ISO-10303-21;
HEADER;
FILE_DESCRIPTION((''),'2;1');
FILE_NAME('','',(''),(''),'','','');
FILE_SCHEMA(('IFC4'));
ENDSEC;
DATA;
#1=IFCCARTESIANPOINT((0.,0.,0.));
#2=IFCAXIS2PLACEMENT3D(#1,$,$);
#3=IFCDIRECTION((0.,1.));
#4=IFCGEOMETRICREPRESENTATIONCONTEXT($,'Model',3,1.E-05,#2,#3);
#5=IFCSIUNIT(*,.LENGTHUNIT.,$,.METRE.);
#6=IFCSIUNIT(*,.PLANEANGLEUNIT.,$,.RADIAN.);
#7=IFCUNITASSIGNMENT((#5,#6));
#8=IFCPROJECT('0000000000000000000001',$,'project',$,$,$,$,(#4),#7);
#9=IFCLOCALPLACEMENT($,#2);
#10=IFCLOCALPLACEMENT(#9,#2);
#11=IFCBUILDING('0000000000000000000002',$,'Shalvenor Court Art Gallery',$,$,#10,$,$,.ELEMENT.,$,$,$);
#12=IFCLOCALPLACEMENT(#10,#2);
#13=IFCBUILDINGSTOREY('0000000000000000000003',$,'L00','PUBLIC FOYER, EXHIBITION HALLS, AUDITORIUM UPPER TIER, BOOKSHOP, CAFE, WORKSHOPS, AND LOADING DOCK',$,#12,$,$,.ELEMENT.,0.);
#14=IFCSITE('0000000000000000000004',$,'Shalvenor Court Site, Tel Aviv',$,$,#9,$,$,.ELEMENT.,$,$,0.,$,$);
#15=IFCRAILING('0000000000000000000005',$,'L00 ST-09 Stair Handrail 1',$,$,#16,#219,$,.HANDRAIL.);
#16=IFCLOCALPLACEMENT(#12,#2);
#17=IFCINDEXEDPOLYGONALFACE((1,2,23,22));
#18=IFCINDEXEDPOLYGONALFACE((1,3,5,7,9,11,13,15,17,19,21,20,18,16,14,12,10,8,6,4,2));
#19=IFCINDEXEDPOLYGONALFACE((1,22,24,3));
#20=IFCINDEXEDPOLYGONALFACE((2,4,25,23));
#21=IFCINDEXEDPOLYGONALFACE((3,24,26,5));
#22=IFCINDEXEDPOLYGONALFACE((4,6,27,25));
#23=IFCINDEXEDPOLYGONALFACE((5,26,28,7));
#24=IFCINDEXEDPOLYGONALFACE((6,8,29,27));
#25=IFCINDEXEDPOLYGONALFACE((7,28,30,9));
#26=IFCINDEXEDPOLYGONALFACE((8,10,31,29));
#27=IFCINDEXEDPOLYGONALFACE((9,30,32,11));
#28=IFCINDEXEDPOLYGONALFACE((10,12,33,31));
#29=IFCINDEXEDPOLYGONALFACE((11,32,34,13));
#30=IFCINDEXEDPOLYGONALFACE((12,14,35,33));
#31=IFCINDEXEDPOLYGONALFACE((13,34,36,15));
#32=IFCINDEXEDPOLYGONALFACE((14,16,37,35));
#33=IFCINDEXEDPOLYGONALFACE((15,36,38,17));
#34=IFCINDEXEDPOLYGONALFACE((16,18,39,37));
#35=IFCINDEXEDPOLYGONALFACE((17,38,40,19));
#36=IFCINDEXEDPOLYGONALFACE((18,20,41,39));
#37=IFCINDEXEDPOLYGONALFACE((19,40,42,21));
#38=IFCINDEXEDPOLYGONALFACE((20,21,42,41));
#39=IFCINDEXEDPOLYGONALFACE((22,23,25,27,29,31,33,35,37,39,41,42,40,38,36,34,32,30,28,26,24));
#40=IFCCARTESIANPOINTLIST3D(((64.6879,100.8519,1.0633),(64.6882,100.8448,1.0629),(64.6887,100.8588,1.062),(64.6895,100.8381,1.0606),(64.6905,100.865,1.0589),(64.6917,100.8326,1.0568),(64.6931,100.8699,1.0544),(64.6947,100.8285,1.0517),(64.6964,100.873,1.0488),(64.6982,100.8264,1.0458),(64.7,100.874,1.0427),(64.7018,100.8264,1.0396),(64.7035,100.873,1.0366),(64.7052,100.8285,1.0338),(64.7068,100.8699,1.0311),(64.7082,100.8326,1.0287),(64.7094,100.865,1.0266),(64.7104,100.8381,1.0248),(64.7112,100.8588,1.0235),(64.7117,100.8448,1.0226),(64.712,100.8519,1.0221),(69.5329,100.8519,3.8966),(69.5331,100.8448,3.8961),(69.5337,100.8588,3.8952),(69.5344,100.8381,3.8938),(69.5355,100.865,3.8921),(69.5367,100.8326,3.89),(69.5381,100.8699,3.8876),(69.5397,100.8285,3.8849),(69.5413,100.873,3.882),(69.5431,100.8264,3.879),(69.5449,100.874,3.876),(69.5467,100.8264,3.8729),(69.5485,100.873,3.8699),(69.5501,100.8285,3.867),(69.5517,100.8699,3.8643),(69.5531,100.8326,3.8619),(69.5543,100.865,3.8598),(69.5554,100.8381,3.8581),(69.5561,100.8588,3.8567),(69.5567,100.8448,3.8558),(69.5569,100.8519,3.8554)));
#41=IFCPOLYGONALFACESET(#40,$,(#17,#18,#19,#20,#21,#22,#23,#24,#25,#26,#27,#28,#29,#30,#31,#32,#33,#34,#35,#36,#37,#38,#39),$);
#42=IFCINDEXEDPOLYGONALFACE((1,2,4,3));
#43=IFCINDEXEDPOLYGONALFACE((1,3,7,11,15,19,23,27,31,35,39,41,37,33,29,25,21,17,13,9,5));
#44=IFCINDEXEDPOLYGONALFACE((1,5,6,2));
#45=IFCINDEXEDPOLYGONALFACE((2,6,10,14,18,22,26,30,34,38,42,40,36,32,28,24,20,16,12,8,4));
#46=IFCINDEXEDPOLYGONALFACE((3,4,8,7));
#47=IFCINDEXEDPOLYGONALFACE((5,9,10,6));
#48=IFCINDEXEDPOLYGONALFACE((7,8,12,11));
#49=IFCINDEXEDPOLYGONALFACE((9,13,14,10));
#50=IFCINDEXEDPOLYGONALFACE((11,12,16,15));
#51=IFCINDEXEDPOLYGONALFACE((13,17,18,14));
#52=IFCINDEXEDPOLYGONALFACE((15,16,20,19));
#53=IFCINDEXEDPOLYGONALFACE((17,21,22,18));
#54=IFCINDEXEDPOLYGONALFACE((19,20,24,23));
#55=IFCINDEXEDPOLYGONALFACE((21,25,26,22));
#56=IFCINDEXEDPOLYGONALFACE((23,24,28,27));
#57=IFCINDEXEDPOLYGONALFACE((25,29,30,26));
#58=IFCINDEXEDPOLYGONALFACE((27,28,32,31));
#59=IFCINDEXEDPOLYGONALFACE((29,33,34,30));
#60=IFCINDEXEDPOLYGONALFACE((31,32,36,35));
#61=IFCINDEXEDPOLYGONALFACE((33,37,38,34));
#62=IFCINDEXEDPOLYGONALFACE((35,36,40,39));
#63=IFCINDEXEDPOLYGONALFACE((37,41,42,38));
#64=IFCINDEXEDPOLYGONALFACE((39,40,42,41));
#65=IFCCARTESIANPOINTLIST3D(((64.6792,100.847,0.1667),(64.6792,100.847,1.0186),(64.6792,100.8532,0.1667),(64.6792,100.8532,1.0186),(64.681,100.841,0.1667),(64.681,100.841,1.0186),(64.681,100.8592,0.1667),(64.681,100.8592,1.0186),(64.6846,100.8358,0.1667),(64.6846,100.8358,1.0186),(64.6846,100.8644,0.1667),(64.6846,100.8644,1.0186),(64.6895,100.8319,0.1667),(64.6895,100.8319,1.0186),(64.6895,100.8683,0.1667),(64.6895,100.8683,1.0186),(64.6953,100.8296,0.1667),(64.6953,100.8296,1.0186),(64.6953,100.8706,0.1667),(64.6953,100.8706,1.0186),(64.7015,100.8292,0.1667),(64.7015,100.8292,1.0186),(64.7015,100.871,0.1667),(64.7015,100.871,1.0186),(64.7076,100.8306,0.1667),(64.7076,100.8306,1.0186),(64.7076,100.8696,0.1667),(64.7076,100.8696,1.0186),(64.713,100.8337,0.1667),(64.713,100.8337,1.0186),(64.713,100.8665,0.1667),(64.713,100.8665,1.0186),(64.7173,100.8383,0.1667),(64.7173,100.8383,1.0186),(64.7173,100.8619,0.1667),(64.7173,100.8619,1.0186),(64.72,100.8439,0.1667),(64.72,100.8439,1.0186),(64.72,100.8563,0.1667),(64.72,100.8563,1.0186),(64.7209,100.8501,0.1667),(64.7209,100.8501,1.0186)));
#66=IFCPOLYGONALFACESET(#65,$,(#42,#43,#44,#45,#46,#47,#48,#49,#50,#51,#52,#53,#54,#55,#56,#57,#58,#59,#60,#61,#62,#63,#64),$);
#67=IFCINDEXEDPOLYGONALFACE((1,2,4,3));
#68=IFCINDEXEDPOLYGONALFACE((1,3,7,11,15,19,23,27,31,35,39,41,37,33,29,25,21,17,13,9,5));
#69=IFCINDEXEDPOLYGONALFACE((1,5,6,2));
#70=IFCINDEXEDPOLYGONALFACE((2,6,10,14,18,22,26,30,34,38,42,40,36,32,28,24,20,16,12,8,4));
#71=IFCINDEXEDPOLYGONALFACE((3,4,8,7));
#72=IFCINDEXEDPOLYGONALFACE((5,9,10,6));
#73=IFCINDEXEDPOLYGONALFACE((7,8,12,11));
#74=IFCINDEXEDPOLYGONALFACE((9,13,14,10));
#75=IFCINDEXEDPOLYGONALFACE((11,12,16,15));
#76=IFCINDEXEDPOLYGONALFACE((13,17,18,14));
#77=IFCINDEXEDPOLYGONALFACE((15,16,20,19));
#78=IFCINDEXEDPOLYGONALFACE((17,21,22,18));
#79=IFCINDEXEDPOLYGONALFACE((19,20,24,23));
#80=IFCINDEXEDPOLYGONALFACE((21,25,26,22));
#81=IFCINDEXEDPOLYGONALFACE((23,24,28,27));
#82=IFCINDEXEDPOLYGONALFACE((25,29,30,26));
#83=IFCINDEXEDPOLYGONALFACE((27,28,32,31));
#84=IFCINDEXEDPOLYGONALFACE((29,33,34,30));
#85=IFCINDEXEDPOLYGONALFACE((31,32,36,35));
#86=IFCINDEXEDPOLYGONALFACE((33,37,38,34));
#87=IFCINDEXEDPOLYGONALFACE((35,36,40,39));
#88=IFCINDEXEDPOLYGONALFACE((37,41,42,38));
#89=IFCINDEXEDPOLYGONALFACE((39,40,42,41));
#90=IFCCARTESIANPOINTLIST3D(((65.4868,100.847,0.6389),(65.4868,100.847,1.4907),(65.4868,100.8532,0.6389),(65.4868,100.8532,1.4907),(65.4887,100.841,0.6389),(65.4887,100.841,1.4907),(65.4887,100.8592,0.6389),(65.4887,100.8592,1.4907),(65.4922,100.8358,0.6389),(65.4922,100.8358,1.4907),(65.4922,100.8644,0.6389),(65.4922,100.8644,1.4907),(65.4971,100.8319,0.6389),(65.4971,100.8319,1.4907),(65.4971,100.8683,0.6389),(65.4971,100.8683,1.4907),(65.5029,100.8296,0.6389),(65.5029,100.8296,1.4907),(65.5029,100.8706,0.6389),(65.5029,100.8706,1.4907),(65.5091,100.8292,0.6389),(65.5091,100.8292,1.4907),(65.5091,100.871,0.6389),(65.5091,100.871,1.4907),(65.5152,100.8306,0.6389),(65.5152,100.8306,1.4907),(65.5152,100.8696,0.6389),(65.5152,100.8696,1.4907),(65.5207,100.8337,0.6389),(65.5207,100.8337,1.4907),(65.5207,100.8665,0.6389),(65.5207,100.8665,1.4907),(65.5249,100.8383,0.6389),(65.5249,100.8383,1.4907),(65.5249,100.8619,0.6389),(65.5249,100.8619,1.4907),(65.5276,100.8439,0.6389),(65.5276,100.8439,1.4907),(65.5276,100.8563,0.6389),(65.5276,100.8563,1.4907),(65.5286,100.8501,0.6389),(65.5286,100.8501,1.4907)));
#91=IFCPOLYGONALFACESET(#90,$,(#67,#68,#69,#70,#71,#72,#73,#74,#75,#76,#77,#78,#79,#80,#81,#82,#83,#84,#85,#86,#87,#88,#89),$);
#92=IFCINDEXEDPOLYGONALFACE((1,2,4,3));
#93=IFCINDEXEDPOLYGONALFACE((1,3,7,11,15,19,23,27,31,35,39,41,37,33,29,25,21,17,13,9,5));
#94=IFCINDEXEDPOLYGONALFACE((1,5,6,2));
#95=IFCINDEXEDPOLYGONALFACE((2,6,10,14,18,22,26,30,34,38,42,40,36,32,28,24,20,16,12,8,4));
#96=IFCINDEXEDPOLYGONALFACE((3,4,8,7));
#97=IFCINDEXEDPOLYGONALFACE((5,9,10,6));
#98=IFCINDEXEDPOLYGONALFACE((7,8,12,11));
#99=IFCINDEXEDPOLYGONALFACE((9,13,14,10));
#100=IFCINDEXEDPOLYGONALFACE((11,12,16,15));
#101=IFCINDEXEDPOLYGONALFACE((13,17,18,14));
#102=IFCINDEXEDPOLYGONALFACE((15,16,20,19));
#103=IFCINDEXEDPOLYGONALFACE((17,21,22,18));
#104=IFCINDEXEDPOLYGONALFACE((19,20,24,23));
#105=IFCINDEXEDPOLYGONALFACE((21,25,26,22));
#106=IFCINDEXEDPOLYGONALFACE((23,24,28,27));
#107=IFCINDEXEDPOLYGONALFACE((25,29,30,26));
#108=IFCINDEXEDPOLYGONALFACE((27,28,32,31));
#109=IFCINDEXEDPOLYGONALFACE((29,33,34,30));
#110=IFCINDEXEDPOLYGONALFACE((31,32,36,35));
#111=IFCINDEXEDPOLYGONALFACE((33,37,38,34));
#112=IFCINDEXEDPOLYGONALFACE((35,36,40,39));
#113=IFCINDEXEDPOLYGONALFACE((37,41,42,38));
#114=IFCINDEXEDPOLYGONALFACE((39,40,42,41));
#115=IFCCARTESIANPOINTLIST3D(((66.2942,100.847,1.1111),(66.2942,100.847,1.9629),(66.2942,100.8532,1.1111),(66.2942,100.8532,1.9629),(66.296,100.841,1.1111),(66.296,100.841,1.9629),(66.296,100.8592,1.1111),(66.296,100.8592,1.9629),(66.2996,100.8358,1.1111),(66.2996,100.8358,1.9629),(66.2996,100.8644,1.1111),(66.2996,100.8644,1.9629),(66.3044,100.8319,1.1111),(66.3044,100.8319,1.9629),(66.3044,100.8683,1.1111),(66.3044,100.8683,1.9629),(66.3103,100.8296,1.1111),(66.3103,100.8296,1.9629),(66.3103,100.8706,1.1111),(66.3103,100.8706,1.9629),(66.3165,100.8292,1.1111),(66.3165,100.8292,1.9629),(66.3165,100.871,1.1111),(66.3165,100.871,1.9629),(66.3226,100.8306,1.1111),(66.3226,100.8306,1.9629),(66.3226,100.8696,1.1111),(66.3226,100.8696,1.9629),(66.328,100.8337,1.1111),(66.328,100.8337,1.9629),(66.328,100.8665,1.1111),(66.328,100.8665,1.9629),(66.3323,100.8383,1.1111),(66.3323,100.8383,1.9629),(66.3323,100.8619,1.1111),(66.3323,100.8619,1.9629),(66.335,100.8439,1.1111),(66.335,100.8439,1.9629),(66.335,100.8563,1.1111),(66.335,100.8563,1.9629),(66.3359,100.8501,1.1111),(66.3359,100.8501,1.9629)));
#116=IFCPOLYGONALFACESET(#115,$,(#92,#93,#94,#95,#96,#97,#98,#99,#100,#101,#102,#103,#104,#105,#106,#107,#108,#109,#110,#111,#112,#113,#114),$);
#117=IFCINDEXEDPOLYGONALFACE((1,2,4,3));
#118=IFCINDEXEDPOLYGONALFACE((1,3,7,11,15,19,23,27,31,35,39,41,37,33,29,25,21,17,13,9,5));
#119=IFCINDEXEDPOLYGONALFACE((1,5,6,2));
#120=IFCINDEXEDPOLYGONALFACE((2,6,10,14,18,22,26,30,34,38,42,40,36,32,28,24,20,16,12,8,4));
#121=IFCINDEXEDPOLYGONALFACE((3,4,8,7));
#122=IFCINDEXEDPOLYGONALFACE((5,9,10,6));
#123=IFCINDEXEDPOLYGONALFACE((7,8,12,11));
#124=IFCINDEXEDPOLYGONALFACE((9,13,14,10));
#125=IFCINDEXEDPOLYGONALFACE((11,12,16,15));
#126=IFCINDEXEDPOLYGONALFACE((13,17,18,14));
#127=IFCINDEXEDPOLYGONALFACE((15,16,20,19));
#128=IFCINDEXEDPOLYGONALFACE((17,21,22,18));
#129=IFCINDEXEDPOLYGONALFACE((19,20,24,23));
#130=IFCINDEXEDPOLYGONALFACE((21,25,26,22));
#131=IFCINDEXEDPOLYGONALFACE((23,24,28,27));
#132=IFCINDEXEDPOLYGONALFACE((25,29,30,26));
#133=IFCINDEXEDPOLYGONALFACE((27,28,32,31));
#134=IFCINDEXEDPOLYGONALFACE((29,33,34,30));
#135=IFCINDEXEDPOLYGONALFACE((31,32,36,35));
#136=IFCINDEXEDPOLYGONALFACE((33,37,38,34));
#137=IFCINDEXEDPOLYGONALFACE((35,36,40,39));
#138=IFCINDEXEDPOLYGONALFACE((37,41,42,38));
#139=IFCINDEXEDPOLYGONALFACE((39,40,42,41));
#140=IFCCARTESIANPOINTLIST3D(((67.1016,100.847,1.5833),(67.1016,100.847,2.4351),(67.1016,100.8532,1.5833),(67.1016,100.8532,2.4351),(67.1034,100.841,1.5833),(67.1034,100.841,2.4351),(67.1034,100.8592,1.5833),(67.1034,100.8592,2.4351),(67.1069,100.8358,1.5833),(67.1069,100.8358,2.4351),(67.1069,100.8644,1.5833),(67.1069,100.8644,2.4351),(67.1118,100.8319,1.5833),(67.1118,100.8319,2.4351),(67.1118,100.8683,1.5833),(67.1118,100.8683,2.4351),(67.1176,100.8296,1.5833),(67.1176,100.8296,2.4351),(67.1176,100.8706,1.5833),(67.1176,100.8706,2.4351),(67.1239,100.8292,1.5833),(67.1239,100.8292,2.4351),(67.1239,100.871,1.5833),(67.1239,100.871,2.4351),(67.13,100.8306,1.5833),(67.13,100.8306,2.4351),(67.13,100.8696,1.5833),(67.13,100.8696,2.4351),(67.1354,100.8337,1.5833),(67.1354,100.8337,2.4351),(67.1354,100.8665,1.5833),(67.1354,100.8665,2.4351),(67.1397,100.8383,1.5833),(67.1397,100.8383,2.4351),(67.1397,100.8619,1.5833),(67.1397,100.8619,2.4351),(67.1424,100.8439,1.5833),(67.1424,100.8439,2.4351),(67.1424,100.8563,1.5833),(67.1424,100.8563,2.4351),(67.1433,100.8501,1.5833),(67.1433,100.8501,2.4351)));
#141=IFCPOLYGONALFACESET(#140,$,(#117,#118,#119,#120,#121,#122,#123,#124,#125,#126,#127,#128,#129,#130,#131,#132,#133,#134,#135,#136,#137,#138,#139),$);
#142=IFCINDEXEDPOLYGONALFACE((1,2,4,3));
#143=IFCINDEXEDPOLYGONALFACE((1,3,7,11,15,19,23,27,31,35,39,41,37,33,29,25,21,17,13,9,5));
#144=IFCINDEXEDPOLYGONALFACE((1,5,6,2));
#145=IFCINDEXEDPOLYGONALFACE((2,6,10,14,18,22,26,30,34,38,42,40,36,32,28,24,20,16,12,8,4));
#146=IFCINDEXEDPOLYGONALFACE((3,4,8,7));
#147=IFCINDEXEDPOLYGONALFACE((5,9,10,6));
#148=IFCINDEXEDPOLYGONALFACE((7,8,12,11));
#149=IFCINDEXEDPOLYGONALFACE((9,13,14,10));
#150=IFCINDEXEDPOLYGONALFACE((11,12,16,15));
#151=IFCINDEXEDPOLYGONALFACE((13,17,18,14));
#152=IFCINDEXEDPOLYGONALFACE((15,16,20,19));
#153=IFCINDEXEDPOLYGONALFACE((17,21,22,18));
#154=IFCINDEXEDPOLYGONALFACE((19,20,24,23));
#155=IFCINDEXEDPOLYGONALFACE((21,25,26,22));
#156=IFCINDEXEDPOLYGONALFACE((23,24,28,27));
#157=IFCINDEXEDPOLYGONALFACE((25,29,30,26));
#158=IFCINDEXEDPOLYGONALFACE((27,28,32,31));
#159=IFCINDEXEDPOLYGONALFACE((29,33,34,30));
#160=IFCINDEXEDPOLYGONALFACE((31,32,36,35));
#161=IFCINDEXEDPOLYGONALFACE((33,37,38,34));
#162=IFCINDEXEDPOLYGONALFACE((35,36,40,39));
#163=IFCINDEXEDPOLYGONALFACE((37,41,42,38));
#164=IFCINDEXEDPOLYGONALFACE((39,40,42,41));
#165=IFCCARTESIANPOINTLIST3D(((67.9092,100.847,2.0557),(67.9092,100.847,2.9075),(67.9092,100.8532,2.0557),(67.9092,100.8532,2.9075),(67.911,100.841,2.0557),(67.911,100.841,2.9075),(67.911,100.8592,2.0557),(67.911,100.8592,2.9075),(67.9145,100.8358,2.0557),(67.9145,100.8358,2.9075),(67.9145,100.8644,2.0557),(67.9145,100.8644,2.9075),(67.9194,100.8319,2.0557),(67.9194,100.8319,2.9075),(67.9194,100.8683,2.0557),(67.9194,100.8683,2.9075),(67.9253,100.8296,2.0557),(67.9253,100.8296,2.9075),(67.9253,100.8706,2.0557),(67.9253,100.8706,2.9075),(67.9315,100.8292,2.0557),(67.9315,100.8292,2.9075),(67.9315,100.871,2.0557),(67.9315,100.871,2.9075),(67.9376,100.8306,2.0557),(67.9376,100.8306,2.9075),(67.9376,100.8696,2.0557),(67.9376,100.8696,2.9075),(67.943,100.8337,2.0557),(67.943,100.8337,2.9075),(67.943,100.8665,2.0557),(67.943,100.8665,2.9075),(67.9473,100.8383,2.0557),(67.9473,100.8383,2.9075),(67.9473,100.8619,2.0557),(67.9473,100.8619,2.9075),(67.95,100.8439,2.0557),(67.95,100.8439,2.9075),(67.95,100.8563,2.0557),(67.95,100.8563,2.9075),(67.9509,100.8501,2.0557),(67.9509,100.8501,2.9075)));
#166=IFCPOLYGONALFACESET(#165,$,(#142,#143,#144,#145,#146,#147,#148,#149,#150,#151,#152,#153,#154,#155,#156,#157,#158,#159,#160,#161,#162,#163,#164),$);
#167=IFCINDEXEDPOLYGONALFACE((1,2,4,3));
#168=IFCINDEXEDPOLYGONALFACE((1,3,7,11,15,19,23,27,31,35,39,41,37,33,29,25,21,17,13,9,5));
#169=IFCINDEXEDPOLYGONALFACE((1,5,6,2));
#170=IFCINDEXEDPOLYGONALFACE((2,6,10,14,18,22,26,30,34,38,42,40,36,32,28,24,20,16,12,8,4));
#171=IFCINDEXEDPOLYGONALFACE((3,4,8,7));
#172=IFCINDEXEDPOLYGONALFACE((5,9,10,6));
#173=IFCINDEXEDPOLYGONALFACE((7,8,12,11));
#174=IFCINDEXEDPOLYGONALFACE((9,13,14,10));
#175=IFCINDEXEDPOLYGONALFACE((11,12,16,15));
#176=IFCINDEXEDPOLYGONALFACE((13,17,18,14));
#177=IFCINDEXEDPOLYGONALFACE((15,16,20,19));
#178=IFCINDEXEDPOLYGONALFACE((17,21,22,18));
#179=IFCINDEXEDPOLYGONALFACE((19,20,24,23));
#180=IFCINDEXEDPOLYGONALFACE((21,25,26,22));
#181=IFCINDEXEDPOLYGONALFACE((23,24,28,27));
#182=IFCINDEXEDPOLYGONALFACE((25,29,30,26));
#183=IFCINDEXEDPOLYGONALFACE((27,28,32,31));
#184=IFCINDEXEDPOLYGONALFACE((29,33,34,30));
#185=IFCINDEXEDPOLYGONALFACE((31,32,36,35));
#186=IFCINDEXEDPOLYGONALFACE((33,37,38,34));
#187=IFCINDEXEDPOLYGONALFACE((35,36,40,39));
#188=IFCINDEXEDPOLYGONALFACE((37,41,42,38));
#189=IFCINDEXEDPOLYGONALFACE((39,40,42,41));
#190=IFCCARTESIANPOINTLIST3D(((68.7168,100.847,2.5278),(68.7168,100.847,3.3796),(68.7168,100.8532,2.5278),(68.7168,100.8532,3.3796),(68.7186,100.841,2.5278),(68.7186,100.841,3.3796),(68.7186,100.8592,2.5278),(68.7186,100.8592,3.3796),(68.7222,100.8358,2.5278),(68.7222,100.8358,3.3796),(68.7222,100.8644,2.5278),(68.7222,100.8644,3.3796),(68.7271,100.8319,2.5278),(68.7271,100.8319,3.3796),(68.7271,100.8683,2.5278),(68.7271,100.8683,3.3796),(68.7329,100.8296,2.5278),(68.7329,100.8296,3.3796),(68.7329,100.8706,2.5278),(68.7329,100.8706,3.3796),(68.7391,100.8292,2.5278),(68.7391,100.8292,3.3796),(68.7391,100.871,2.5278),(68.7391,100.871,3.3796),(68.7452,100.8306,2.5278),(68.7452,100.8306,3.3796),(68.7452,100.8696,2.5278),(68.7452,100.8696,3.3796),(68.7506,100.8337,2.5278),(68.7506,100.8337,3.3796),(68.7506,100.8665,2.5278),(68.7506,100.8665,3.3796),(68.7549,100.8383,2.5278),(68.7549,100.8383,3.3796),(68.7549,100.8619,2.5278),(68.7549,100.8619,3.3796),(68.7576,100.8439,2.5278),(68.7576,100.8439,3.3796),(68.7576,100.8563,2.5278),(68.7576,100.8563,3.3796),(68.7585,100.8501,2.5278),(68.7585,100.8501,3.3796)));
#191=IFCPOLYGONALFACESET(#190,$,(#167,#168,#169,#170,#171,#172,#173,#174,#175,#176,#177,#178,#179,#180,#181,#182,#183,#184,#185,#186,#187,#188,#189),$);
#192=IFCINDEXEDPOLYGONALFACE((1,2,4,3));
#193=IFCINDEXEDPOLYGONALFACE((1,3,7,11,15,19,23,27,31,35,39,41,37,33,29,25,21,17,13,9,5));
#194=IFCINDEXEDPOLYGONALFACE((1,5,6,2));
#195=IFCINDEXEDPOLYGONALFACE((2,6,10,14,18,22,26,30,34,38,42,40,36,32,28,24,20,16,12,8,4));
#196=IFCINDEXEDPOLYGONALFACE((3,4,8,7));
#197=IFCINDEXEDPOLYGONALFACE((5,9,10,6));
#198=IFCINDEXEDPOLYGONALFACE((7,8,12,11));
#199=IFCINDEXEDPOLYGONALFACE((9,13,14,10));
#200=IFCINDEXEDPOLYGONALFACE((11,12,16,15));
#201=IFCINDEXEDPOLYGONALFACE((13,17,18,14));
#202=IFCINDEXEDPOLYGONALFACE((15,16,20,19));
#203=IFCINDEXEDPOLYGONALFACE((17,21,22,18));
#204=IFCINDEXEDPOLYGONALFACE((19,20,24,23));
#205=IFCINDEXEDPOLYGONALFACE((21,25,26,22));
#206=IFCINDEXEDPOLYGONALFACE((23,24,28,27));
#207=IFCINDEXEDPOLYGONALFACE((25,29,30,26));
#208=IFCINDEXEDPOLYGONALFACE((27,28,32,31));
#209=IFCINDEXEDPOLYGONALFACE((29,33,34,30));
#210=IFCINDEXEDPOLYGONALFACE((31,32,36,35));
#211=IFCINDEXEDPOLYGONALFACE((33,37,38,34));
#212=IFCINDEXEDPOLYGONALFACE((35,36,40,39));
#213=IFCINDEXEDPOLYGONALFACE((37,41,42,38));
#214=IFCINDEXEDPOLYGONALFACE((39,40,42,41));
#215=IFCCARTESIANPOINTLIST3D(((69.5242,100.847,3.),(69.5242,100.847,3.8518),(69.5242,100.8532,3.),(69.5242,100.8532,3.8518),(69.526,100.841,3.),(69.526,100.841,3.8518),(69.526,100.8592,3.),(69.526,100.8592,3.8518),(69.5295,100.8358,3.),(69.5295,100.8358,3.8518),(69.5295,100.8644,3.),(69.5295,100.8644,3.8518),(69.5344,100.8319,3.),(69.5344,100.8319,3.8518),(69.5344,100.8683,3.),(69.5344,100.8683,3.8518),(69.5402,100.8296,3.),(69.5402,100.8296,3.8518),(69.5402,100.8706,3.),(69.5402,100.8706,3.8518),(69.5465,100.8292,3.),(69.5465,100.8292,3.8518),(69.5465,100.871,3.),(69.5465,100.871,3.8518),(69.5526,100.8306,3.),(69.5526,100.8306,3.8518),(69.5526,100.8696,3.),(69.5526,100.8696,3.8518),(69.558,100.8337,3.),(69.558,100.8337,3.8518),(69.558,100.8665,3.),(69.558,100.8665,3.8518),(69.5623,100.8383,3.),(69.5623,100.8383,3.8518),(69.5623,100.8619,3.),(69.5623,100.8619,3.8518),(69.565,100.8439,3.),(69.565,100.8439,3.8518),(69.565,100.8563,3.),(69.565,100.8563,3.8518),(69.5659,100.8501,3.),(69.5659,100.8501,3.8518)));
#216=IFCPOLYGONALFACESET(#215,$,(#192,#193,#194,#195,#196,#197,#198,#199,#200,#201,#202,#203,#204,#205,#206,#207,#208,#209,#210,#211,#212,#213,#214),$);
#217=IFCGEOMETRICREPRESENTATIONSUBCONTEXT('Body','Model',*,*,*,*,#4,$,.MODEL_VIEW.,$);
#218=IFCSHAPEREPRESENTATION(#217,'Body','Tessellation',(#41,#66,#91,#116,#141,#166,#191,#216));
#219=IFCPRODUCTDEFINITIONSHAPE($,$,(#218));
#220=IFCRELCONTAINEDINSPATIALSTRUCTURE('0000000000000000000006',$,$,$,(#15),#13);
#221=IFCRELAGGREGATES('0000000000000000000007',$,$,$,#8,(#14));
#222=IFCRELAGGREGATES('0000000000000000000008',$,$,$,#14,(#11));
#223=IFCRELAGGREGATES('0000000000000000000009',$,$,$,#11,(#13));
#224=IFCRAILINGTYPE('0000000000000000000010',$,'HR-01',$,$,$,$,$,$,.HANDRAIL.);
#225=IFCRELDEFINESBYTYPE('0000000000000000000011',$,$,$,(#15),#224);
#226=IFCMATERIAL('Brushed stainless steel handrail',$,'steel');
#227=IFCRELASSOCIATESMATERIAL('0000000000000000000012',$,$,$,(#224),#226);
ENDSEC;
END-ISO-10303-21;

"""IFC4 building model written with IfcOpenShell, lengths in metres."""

from ifc_helpers import new_model, si_unit, direction, frame, origin, origin_2d, place, context, subcontext, project, spatial, circle, extrude, material, type_object, element, save


model = new_model("IFC4")

# Units and contexts
model_context = context("Model", 3, precision=1e-05, world=origin(), true_north=direction((0.0, 1.0)))
body_context = subcontext(model_context, "Body", "Model", "MODEL_VIEW")
ifc_project = project(units=[si_unit("LENGTHUNIT", "METRE"), si_unit("PLANEANGLEUNIT", "RADIAN")], contexts=[model_context])

# Site, building, storey
site_placement = place(None, origin())
site = spatial("IfcSite", under=ifc_project, at=site_placement, Name="Shalvenor Court Site, Tel Aviv", CompositionType="ELEMENT", RefElevation=0.0)
building_placement = place(site_placement, origin())
building = spatial("IfcBuilding", under=site, at=building_placement, Name="Shalvenor Court Art Gallery", CompositionType="ELEMENT")
storey_placement = place(building_placement, origin())
storey = spatial("IfcBuildingStorey", under=building, at=storey_placement, Name="L00", Description="PUBLIC FOYER, EXHIBITION HALLS, AUDITORIUM UPPER TIER, BOOKSHOP, CAFE, WORKSHOPS, AND LOADING DOCK", CompositionType="ELEMENT", Elevation=0.0)

# Railing
ifc_material_1 = material(Name="Brushed stainless steel handrail", Category="steel")
railing_type_1 = type_object("IfcRailingType", Name="HR-01", PredefinedType="HANDRAIL", material=ifc_material_1)
railing_1_placement = place(storey_placement, frame((64.7, 100.8501, 0.1667)))
element("IfcRailing", 1, at=railing_1_placement, inside=storey, type_object=railing_type_1, Name="L00 ST-09 Stair Handrail 1", PredefinedType="HANDRAIL", context=body_context, shape_type="SweptSolid", body=[
    extrude(circle(Radius=0.0239, at=origin_2d()), frame((0.0, 0.0, 0.876), z_axis=(0.863234, 0.0, 0.504804), x_axis=(0.0, 1.0, 0.0)), (0.0, 0.0, 1.0), 5.6125),
    extrude(circle(Radius=0.021, at=origin_2d()), origin(), (0.0, 0.0, 1.0), 0.8518),
    extrude(circle(Radius=0.021, at=origin_2d()), frame((0.8076, 0.0, 0.4722)), (0.0, 0.0, 1.0), 0.8518),
    extrude(circle(Radius=0.021, at=origin_2d()), frame((1.615, 0.0, 0.9443)), (0.0, 0.0, 1.0), 0.8518),
    extrude(circle(Radius=0.021, at=origin_2d()), frame((2.4224, 0.0, 1.4165)), (0.0, 0.0, 1.0), 0.8518),
    extrude(circle(Radius=0.021, at=origin_2d()), frame((3.23, 0.0, 1.8889)), (0.0, 0.0, 1.0), 0.8518),
    extrude(circle(Radius=0.021, at=origin_2d()), frame((4.0376, 0.0, 2.3611)), (0.0, 0.0, 1.0), 0.8518),
    extrude(circle(Radius=0.021, at=origin_2d()), frame((4.845, 0.0, 2.8333)), (0.0, 0.0, 1.0), 0.8518),
])

save(model, "model.ifc")
